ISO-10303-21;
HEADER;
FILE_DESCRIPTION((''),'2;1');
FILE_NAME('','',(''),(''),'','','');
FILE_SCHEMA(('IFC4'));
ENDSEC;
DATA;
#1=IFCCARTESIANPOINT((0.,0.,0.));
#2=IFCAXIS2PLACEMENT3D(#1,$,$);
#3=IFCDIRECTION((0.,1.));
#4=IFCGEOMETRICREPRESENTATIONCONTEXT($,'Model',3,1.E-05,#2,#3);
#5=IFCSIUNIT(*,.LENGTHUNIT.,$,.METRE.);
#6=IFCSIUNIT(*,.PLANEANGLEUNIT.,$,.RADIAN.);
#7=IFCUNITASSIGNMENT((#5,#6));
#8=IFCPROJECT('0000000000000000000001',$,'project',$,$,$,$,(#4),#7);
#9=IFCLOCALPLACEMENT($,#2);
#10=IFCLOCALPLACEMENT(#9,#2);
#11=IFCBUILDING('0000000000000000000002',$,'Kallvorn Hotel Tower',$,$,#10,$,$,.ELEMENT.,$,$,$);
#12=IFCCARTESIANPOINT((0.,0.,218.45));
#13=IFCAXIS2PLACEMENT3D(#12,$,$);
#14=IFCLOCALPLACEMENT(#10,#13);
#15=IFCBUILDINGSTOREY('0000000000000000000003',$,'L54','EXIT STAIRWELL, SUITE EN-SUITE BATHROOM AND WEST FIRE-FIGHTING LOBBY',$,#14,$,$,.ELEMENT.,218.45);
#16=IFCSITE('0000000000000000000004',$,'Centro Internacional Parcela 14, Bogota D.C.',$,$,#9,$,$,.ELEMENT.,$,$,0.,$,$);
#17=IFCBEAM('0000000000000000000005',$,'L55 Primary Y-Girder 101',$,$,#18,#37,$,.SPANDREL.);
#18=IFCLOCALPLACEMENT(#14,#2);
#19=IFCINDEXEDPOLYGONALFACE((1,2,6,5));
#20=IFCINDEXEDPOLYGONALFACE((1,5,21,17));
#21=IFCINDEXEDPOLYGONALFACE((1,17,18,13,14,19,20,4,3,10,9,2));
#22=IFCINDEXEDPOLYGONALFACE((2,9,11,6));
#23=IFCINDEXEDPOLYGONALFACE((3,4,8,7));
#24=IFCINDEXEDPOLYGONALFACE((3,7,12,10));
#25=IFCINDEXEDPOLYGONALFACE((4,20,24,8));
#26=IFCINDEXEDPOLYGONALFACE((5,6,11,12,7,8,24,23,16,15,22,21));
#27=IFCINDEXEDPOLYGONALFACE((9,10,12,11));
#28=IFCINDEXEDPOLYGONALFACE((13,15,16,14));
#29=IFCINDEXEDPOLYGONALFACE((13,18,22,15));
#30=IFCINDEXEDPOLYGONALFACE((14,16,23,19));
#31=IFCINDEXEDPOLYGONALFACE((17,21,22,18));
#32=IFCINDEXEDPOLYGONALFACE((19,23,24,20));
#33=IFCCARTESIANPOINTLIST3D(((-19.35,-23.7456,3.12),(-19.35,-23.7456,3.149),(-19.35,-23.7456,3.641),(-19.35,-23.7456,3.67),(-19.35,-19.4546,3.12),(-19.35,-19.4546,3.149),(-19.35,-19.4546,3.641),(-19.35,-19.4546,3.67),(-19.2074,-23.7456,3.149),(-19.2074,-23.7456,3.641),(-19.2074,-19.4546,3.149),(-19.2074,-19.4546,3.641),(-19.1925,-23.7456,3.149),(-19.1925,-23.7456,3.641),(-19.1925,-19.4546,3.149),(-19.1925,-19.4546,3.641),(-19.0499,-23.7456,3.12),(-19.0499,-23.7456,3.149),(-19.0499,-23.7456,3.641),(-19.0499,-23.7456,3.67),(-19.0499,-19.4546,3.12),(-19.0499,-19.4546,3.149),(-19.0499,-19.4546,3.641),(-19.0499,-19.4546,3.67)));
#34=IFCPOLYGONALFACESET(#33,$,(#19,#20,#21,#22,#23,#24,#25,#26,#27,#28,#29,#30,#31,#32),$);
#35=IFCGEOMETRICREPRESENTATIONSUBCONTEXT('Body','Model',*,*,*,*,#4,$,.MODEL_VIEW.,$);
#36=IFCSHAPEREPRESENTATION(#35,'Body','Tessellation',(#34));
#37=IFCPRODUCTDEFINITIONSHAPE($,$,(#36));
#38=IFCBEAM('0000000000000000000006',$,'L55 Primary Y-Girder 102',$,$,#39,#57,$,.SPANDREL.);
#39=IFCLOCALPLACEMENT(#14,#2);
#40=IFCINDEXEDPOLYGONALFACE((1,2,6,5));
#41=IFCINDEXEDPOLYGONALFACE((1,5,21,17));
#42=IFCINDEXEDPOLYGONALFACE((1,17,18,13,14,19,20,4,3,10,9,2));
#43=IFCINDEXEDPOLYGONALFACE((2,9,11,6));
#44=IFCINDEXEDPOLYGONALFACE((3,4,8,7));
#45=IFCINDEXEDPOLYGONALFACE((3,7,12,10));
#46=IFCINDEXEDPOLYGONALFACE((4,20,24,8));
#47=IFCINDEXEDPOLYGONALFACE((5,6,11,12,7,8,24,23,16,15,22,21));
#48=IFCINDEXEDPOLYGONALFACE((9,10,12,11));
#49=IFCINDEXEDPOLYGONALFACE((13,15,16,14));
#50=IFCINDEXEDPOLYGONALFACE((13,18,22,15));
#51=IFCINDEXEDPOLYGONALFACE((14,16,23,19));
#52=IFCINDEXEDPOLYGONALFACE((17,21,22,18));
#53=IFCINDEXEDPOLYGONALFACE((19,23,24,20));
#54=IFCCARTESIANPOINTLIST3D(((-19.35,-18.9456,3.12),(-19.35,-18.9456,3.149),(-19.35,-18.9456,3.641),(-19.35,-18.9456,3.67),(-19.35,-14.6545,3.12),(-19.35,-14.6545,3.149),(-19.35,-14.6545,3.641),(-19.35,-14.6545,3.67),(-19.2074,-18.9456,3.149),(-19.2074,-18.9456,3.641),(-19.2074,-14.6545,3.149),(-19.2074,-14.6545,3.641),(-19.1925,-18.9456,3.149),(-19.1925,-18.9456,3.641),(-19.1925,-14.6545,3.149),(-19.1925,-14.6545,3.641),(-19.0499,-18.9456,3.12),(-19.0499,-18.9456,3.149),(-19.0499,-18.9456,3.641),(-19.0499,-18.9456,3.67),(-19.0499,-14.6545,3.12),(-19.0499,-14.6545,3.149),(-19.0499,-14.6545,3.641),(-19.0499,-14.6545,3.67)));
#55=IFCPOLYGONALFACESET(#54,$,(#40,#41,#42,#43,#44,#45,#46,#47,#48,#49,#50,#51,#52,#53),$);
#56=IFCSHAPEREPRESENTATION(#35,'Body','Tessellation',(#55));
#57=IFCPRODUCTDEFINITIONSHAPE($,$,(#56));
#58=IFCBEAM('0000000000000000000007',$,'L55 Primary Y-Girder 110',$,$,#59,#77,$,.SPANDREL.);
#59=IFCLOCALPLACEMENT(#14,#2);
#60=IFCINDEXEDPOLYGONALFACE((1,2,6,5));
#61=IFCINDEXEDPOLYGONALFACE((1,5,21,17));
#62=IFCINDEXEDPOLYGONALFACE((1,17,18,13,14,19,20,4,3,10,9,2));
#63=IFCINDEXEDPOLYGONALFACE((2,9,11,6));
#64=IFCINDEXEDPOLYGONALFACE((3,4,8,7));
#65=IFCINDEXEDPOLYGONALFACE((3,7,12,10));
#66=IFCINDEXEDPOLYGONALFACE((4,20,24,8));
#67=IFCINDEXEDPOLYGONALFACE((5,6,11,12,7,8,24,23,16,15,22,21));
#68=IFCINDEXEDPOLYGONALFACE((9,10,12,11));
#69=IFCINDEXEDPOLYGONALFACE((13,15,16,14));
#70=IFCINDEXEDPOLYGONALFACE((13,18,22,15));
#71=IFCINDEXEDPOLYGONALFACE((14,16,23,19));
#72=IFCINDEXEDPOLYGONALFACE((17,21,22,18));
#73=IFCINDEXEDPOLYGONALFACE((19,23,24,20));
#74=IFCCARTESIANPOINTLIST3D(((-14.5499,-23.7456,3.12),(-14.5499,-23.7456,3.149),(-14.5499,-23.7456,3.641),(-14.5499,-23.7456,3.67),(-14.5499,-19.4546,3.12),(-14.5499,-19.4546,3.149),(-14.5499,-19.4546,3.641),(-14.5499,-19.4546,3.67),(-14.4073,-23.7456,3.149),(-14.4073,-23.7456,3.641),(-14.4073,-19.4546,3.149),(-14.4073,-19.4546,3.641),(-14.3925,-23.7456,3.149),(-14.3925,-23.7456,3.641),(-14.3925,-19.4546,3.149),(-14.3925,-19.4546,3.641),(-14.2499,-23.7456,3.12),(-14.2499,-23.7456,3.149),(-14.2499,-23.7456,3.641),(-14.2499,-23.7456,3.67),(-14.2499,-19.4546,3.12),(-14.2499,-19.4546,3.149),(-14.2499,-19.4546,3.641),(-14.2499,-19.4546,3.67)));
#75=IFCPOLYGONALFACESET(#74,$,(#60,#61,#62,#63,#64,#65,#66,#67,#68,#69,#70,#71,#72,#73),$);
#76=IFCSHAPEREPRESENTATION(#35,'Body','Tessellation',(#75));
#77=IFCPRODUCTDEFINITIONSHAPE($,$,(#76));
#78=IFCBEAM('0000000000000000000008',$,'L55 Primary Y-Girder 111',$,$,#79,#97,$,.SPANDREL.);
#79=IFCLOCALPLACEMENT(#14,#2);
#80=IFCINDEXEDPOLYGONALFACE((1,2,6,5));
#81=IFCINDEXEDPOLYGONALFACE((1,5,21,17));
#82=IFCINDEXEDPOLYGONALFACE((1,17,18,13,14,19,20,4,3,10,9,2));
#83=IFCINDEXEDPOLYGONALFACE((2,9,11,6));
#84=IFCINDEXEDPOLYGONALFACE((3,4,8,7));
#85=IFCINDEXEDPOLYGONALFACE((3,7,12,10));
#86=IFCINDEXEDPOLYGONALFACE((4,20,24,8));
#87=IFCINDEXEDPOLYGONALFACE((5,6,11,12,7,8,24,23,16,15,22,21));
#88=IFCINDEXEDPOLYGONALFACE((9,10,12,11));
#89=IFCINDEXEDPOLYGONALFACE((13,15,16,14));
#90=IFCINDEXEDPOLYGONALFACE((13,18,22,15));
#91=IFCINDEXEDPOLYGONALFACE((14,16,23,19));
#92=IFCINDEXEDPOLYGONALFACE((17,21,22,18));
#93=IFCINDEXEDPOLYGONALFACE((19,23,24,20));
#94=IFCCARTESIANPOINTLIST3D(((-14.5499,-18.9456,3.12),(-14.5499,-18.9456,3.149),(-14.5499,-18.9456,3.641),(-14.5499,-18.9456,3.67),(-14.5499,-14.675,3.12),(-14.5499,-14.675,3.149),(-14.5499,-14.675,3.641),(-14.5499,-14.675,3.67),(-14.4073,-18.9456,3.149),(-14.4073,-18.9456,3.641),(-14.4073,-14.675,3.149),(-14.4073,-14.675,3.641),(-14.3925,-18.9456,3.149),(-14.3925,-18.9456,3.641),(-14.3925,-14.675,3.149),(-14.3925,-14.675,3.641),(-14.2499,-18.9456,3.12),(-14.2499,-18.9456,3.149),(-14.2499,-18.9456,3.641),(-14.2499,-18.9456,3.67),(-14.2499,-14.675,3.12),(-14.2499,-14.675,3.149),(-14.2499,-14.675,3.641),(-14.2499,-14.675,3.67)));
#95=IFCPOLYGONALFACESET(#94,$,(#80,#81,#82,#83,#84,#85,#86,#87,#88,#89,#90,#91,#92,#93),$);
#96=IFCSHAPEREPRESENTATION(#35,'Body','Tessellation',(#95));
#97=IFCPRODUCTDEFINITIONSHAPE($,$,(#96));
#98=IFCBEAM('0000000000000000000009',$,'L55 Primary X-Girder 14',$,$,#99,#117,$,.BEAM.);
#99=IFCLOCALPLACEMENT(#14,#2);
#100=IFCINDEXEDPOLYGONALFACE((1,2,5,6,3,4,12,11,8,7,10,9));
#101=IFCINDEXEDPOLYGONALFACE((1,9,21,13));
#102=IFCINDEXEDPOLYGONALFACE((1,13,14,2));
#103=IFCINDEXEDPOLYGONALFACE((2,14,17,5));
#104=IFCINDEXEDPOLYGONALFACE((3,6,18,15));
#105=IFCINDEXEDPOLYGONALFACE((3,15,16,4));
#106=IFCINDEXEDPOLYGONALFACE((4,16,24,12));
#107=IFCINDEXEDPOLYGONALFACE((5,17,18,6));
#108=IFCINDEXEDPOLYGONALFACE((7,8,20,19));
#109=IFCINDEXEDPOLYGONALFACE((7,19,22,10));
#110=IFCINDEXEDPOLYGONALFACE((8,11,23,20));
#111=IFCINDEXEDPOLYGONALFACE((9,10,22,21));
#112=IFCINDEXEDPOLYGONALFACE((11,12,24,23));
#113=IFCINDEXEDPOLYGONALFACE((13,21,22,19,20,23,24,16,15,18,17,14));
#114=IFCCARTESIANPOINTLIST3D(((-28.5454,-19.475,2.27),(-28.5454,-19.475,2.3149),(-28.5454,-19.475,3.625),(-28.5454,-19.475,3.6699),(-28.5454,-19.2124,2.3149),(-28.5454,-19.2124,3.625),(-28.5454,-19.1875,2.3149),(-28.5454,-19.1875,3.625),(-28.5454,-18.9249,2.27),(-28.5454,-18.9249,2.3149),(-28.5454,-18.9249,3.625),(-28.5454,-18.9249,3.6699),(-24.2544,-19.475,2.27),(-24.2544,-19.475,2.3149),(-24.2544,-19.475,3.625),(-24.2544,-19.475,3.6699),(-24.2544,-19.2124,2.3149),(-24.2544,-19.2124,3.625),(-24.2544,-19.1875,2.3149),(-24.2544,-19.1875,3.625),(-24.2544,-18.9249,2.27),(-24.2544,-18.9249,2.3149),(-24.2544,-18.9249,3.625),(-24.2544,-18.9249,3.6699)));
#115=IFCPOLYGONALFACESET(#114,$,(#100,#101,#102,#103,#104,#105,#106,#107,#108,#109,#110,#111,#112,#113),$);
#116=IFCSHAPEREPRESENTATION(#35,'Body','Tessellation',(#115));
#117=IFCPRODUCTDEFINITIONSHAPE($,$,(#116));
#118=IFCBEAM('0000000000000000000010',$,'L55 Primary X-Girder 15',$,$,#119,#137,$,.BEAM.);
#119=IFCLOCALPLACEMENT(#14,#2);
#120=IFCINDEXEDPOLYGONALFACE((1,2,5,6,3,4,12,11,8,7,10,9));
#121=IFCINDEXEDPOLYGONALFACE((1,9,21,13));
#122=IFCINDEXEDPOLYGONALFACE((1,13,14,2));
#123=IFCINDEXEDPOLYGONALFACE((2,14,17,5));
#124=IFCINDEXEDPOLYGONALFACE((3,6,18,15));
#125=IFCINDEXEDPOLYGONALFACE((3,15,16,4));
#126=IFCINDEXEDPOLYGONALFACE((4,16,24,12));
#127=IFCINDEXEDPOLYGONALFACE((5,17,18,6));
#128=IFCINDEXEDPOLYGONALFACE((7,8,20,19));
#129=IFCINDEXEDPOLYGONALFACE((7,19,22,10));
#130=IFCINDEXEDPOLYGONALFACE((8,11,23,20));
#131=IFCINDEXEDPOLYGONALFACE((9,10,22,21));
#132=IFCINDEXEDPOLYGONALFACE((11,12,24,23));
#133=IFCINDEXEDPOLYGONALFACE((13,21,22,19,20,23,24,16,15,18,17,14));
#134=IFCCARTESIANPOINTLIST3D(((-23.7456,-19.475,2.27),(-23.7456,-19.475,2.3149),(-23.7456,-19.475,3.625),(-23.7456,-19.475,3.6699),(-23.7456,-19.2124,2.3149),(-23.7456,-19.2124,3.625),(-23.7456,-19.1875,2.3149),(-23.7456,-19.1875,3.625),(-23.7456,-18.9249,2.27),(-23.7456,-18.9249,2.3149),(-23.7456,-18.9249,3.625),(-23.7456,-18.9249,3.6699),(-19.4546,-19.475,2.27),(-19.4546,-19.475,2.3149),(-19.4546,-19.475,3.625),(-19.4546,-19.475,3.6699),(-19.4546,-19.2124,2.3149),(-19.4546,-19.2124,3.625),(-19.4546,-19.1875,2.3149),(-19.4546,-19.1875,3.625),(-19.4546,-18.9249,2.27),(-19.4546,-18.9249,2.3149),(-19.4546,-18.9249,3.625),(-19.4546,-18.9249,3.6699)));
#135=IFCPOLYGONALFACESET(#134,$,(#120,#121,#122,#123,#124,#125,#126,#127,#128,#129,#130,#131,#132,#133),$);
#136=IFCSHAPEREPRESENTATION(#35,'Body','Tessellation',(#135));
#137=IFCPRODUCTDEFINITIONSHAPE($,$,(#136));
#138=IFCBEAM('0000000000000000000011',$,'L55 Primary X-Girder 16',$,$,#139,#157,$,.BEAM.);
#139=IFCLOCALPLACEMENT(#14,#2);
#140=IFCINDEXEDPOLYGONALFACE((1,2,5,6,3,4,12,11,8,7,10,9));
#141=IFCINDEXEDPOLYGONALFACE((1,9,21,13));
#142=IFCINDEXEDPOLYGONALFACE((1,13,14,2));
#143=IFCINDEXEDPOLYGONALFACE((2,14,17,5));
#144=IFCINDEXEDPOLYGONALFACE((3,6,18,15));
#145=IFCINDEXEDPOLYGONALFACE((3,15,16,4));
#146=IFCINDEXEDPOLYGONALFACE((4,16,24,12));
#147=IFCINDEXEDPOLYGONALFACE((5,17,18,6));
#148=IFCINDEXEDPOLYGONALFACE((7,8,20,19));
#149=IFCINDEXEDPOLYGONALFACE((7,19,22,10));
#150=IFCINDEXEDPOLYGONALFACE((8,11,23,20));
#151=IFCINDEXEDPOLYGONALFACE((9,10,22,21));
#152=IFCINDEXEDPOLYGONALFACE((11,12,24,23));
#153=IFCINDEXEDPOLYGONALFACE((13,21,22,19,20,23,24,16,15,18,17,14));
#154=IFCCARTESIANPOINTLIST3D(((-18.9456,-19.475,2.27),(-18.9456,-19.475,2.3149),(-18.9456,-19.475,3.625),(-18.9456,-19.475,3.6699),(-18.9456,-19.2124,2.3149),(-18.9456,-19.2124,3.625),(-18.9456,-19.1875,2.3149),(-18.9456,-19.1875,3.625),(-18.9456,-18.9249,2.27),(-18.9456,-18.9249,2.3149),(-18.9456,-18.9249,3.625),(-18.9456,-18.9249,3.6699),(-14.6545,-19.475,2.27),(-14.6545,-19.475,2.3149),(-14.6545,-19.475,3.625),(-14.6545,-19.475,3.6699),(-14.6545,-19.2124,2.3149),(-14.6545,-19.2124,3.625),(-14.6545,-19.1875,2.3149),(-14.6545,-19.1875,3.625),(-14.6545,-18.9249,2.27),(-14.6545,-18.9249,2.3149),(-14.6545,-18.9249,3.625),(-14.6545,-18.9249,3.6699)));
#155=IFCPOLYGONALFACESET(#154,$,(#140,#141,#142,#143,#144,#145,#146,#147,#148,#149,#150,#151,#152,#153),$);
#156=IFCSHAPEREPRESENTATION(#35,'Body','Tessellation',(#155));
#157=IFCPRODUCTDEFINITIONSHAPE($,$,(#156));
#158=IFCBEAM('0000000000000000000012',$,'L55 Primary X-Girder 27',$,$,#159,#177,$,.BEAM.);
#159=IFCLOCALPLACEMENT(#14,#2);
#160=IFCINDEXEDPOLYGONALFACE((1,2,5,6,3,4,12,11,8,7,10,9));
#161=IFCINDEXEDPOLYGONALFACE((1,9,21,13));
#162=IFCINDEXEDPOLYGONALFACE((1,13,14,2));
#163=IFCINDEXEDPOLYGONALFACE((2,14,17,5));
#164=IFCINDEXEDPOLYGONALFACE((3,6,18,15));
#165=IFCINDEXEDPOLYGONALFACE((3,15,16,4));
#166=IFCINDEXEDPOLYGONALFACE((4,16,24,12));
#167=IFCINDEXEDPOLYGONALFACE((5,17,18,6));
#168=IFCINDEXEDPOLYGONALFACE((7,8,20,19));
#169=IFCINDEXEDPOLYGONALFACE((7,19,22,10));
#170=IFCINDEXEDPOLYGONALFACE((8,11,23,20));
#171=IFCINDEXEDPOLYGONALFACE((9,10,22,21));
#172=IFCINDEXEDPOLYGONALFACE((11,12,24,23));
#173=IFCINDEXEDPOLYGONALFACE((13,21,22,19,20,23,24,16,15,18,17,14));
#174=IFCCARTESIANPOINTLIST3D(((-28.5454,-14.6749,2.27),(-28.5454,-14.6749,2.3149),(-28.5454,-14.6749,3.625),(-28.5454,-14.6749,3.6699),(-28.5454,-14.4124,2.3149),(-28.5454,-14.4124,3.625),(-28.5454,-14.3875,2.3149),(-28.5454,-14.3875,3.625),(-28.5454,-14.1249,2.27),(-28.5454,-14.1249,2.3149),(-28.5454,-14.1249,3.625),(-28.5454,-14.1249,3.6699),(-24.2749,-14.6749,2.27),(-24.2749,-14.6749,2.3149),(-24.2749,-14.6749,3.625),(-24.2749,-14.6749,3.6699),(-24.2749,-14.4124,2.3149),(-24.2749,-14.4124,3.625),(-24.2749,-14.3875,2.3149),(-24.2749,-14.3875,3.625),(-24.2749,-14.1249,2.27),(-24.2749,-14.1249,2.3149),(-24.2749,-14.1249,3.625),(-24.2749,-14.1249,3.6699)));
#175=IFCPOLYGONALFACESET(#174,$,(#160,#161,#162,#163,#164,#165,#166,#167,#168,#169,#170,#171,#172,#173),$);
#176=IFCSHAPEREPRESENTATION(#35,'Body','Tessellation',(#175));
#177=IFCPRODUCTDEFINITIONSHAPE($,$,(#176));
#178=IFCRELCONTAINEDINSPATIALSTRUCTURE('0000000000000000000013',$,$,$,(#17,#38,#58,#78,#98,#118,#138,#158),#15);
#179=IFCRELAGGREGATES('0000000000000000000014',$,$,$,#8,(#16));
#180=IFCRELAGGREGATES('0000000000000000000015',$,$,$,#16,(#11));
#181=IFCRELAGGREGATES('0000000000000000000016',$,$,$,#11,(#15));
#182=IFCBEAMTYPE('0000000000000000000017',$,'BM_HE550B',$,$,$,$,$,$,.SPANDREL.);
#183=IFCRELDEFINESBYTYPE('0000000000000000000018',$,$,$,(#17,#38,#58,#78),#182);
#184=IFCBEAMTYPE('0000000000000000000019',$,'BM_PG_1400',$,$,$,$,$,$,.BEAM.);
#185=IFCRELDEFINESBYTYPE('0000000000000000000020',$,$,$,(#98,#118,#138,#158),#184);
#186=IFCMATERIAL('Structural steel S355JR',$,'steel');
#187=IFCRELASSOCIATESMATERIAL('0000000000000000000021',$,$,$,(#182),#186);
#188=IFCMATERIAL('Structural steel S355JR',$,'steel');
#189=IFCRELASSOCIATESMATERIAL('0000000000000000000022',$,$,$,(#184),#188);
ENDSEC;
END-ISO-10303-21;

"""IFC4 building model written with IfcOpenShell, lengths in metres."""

from ifc_helpers import new_model, si_unit, direction, frame, origin, origin_2d, place, context, subcontext, project, spatial, i_section, extrude, material, material_profile, profile_set, type_object, element, save


model = new_model("IFC4")

# Units and contexts
model_context = context("Model", 3, precision=1e-05, world=origin(), true_north=direction((0.0, 1.0)))
body_context = subcontext(model_context, "Body", "Model", "MODEL_VIEW")
ifc_project = project(units=[si_unit("LENGTHUNIT", "METRE"), si_unit("PLANEANGLEUNIT", "RADIAN")], contexts=[model_context])

# Site, building, storey
site_placement = place(None, origin())
site = spatial("IfcSite", under=ifc_project, at=site_placement, Name="Centro Internacional Parcela 14, Bogota D.C.", CompositionType="ELEMENT", RefElevation=0.0)
building_placement = place(site_placement, origin())
building = spatial("IfcBuilding", under=site, at=building_placement, Name="Kallvorn Hotel Tower", CompositionType="ELEMENT")
storey_placement = place(building_placement, frame((0.0, 0.0, 218.45)))
storey = spatial("IfcBuildingStorey", under=building, at=storey_placement, Name="L54", Description="EXIT STAIRWELL, SUITE EN-SUITE BATHROOM AND WEST FIRE-FIGHTING LOBBY", CompositionType="ELEMENT", Elevation=218.45)

# Beams
ifc_material_1 = material(Name="Structural steel S355JR", Category="steel")
ifc_material_profile_1 = material_profile(ifc_material_1, i_section(OverallWidth=0.3, OverallDepth=0.55, WebThickness=0.0149, FlangeThickness=0.0291, at=origin_2d()), Name="HE 550 B")
ifc_profile_set_1 = profile_set([ifc_material_profile_1], Name="Structural steel S355JR")
beam_type_1 = type_object("IfcBeamType", Name="BM_HE550B", PredefinedType="SPANDREL", material=ifc_profile_set_1)
for number, where, z_axis, x_axis, name in (
    (1, (-19.2, -23.7456, 3.395), (0.0, 1.0, 0.0), (-1.0, 0.0, 0.0), "L55 Primary Y-Girder 101"),
    (2, (-19.2, -18.9456, 3.395), (0.0, 1.0, 0.0), (-1.0, 0.0, 0.0), "L55 Primary Y-Girder 102"),
    (3, (-14.3999, -23.7456, 3.395), (0.0, 1.0, 0.0), (-1.0, 0.0, 0.0), "L55 Primary Y-Girder 110"),
):
    element("IfcBeam", number, at=place(storey_placement, frame(where, z_axis=z_axis, x_axis=x_axis)), inside=storey, type_object=beam_type_1, Name=name, PredefinedType="SPANDREL", context=body_context, shape_type="SweptSolid", body=[
        extrude(i_section(OverallWidth=0.3, OverallDepth=0.55, WebThickness=0.0149, FlangeThickness=0.0291, at=origin_2d()), origin(), (0.0, 0.0, 1.0), 4.291),
    ])
beam_1_placement = place(storey_placement, frame((-14.3999, -18.9456, 3.395), z_axis=(0.0, 1.0, 0.0), x_axis=(-1.0, 0.0, 0.0)))
element("IfcBeam", 4, at=beam_1_placement, inside=storey, type_object=beam_type_1, Name="L55 Primary Y-Girder 111", PredefinedType="SPANDREL", context=body_context, shape_type="SweptSolid", body=[
    extrude(i_section(OverallWidth=0.3, OverallDepth=0.55, WebThickness=0.0149, FlangeThickness=0.0291, at=origin_2d()), origin(), (0.0, 0.0, 1.0), 4.2705),
])
ifc_material_2 = material(Name="Structural steel S355JR", Category="steel")
ifc_material_profile_2 = material_profile(ifc_material_2, i_section(OverallWidth=0.55, OverallDepth=1.3999, WebThickness=0.0249, FlangeThickness=0.0449, at=origin_2d()), Name="PG 1400x550x25x45")
ifc_profile_set_2 = profile_set([ifc_material_profile_2], Name="Structural steel S355JR")
beam_type_2 = type_object("IfcBeamType", Name="BM_PG_1400", PredefinedType="BEAM", material=ifc_profile_set_2)
for number, where, z_axis, x_axis, name in (
    (5, (-28.5454, -19.2, 2.97), (1.0, 0.0, 0.0), (0.0, 1.0, 0.0), "L55 Primary X-Girder 14"),
    (6, (-23.7456, -19.2, 2.97), (1.0, 0.0, 0.0), (0.0, 1.0, 0.0), "L55 Primary X-Girder 15"),
    (7, (-18.9456, -19.2, 2.97), (1.0, 0.0, 0.0), (0.0, 1.0, 0.0), "L55 Primary X-Girder 16"),
):
    element("IfcBeam", number, at=place(storey_placement, frame(where, z_axis=z_axis, x_axis=x_axis)), inside=storey, type_object=beam_type_2, Name=name, PredefinedType="BEAM", context=body_context, shape_type="SweptSolid", body=[
        extrude(i_section(OverallWidth=0.55, OverallDepth=1.3999, WebThickness=0.0249, FlangeThickness=0.0449, at=origin_2d()), origin(), (0.0, 0.0, 1.0), 4.291),
    ])
beam_2_placement = place(storey_placement, frame((-28.5454, -14.3999, 2.97), z_axis=(1.0, 0.0, 0.0), x_axis=(0.0, 1.0, 0.0)))
element("IfcBeam", 8, at=beam_2_placement, inside=storey, type_object=beam_type_2, Name="L55 Primary X-Girder 27", PredefinedType="BEAM", context=body_context, shape_type="SweptSolid", body=[
    extrude(i_section(OverallWidth=0.55, OverallDepth=1.3999, WebThickness=0.0249, FlangeThickness=0.0449, at=origin_2d()), origin(), (0.0, 0.0, 1.0), 4.2705),
])

save(model, "model.ifc")
